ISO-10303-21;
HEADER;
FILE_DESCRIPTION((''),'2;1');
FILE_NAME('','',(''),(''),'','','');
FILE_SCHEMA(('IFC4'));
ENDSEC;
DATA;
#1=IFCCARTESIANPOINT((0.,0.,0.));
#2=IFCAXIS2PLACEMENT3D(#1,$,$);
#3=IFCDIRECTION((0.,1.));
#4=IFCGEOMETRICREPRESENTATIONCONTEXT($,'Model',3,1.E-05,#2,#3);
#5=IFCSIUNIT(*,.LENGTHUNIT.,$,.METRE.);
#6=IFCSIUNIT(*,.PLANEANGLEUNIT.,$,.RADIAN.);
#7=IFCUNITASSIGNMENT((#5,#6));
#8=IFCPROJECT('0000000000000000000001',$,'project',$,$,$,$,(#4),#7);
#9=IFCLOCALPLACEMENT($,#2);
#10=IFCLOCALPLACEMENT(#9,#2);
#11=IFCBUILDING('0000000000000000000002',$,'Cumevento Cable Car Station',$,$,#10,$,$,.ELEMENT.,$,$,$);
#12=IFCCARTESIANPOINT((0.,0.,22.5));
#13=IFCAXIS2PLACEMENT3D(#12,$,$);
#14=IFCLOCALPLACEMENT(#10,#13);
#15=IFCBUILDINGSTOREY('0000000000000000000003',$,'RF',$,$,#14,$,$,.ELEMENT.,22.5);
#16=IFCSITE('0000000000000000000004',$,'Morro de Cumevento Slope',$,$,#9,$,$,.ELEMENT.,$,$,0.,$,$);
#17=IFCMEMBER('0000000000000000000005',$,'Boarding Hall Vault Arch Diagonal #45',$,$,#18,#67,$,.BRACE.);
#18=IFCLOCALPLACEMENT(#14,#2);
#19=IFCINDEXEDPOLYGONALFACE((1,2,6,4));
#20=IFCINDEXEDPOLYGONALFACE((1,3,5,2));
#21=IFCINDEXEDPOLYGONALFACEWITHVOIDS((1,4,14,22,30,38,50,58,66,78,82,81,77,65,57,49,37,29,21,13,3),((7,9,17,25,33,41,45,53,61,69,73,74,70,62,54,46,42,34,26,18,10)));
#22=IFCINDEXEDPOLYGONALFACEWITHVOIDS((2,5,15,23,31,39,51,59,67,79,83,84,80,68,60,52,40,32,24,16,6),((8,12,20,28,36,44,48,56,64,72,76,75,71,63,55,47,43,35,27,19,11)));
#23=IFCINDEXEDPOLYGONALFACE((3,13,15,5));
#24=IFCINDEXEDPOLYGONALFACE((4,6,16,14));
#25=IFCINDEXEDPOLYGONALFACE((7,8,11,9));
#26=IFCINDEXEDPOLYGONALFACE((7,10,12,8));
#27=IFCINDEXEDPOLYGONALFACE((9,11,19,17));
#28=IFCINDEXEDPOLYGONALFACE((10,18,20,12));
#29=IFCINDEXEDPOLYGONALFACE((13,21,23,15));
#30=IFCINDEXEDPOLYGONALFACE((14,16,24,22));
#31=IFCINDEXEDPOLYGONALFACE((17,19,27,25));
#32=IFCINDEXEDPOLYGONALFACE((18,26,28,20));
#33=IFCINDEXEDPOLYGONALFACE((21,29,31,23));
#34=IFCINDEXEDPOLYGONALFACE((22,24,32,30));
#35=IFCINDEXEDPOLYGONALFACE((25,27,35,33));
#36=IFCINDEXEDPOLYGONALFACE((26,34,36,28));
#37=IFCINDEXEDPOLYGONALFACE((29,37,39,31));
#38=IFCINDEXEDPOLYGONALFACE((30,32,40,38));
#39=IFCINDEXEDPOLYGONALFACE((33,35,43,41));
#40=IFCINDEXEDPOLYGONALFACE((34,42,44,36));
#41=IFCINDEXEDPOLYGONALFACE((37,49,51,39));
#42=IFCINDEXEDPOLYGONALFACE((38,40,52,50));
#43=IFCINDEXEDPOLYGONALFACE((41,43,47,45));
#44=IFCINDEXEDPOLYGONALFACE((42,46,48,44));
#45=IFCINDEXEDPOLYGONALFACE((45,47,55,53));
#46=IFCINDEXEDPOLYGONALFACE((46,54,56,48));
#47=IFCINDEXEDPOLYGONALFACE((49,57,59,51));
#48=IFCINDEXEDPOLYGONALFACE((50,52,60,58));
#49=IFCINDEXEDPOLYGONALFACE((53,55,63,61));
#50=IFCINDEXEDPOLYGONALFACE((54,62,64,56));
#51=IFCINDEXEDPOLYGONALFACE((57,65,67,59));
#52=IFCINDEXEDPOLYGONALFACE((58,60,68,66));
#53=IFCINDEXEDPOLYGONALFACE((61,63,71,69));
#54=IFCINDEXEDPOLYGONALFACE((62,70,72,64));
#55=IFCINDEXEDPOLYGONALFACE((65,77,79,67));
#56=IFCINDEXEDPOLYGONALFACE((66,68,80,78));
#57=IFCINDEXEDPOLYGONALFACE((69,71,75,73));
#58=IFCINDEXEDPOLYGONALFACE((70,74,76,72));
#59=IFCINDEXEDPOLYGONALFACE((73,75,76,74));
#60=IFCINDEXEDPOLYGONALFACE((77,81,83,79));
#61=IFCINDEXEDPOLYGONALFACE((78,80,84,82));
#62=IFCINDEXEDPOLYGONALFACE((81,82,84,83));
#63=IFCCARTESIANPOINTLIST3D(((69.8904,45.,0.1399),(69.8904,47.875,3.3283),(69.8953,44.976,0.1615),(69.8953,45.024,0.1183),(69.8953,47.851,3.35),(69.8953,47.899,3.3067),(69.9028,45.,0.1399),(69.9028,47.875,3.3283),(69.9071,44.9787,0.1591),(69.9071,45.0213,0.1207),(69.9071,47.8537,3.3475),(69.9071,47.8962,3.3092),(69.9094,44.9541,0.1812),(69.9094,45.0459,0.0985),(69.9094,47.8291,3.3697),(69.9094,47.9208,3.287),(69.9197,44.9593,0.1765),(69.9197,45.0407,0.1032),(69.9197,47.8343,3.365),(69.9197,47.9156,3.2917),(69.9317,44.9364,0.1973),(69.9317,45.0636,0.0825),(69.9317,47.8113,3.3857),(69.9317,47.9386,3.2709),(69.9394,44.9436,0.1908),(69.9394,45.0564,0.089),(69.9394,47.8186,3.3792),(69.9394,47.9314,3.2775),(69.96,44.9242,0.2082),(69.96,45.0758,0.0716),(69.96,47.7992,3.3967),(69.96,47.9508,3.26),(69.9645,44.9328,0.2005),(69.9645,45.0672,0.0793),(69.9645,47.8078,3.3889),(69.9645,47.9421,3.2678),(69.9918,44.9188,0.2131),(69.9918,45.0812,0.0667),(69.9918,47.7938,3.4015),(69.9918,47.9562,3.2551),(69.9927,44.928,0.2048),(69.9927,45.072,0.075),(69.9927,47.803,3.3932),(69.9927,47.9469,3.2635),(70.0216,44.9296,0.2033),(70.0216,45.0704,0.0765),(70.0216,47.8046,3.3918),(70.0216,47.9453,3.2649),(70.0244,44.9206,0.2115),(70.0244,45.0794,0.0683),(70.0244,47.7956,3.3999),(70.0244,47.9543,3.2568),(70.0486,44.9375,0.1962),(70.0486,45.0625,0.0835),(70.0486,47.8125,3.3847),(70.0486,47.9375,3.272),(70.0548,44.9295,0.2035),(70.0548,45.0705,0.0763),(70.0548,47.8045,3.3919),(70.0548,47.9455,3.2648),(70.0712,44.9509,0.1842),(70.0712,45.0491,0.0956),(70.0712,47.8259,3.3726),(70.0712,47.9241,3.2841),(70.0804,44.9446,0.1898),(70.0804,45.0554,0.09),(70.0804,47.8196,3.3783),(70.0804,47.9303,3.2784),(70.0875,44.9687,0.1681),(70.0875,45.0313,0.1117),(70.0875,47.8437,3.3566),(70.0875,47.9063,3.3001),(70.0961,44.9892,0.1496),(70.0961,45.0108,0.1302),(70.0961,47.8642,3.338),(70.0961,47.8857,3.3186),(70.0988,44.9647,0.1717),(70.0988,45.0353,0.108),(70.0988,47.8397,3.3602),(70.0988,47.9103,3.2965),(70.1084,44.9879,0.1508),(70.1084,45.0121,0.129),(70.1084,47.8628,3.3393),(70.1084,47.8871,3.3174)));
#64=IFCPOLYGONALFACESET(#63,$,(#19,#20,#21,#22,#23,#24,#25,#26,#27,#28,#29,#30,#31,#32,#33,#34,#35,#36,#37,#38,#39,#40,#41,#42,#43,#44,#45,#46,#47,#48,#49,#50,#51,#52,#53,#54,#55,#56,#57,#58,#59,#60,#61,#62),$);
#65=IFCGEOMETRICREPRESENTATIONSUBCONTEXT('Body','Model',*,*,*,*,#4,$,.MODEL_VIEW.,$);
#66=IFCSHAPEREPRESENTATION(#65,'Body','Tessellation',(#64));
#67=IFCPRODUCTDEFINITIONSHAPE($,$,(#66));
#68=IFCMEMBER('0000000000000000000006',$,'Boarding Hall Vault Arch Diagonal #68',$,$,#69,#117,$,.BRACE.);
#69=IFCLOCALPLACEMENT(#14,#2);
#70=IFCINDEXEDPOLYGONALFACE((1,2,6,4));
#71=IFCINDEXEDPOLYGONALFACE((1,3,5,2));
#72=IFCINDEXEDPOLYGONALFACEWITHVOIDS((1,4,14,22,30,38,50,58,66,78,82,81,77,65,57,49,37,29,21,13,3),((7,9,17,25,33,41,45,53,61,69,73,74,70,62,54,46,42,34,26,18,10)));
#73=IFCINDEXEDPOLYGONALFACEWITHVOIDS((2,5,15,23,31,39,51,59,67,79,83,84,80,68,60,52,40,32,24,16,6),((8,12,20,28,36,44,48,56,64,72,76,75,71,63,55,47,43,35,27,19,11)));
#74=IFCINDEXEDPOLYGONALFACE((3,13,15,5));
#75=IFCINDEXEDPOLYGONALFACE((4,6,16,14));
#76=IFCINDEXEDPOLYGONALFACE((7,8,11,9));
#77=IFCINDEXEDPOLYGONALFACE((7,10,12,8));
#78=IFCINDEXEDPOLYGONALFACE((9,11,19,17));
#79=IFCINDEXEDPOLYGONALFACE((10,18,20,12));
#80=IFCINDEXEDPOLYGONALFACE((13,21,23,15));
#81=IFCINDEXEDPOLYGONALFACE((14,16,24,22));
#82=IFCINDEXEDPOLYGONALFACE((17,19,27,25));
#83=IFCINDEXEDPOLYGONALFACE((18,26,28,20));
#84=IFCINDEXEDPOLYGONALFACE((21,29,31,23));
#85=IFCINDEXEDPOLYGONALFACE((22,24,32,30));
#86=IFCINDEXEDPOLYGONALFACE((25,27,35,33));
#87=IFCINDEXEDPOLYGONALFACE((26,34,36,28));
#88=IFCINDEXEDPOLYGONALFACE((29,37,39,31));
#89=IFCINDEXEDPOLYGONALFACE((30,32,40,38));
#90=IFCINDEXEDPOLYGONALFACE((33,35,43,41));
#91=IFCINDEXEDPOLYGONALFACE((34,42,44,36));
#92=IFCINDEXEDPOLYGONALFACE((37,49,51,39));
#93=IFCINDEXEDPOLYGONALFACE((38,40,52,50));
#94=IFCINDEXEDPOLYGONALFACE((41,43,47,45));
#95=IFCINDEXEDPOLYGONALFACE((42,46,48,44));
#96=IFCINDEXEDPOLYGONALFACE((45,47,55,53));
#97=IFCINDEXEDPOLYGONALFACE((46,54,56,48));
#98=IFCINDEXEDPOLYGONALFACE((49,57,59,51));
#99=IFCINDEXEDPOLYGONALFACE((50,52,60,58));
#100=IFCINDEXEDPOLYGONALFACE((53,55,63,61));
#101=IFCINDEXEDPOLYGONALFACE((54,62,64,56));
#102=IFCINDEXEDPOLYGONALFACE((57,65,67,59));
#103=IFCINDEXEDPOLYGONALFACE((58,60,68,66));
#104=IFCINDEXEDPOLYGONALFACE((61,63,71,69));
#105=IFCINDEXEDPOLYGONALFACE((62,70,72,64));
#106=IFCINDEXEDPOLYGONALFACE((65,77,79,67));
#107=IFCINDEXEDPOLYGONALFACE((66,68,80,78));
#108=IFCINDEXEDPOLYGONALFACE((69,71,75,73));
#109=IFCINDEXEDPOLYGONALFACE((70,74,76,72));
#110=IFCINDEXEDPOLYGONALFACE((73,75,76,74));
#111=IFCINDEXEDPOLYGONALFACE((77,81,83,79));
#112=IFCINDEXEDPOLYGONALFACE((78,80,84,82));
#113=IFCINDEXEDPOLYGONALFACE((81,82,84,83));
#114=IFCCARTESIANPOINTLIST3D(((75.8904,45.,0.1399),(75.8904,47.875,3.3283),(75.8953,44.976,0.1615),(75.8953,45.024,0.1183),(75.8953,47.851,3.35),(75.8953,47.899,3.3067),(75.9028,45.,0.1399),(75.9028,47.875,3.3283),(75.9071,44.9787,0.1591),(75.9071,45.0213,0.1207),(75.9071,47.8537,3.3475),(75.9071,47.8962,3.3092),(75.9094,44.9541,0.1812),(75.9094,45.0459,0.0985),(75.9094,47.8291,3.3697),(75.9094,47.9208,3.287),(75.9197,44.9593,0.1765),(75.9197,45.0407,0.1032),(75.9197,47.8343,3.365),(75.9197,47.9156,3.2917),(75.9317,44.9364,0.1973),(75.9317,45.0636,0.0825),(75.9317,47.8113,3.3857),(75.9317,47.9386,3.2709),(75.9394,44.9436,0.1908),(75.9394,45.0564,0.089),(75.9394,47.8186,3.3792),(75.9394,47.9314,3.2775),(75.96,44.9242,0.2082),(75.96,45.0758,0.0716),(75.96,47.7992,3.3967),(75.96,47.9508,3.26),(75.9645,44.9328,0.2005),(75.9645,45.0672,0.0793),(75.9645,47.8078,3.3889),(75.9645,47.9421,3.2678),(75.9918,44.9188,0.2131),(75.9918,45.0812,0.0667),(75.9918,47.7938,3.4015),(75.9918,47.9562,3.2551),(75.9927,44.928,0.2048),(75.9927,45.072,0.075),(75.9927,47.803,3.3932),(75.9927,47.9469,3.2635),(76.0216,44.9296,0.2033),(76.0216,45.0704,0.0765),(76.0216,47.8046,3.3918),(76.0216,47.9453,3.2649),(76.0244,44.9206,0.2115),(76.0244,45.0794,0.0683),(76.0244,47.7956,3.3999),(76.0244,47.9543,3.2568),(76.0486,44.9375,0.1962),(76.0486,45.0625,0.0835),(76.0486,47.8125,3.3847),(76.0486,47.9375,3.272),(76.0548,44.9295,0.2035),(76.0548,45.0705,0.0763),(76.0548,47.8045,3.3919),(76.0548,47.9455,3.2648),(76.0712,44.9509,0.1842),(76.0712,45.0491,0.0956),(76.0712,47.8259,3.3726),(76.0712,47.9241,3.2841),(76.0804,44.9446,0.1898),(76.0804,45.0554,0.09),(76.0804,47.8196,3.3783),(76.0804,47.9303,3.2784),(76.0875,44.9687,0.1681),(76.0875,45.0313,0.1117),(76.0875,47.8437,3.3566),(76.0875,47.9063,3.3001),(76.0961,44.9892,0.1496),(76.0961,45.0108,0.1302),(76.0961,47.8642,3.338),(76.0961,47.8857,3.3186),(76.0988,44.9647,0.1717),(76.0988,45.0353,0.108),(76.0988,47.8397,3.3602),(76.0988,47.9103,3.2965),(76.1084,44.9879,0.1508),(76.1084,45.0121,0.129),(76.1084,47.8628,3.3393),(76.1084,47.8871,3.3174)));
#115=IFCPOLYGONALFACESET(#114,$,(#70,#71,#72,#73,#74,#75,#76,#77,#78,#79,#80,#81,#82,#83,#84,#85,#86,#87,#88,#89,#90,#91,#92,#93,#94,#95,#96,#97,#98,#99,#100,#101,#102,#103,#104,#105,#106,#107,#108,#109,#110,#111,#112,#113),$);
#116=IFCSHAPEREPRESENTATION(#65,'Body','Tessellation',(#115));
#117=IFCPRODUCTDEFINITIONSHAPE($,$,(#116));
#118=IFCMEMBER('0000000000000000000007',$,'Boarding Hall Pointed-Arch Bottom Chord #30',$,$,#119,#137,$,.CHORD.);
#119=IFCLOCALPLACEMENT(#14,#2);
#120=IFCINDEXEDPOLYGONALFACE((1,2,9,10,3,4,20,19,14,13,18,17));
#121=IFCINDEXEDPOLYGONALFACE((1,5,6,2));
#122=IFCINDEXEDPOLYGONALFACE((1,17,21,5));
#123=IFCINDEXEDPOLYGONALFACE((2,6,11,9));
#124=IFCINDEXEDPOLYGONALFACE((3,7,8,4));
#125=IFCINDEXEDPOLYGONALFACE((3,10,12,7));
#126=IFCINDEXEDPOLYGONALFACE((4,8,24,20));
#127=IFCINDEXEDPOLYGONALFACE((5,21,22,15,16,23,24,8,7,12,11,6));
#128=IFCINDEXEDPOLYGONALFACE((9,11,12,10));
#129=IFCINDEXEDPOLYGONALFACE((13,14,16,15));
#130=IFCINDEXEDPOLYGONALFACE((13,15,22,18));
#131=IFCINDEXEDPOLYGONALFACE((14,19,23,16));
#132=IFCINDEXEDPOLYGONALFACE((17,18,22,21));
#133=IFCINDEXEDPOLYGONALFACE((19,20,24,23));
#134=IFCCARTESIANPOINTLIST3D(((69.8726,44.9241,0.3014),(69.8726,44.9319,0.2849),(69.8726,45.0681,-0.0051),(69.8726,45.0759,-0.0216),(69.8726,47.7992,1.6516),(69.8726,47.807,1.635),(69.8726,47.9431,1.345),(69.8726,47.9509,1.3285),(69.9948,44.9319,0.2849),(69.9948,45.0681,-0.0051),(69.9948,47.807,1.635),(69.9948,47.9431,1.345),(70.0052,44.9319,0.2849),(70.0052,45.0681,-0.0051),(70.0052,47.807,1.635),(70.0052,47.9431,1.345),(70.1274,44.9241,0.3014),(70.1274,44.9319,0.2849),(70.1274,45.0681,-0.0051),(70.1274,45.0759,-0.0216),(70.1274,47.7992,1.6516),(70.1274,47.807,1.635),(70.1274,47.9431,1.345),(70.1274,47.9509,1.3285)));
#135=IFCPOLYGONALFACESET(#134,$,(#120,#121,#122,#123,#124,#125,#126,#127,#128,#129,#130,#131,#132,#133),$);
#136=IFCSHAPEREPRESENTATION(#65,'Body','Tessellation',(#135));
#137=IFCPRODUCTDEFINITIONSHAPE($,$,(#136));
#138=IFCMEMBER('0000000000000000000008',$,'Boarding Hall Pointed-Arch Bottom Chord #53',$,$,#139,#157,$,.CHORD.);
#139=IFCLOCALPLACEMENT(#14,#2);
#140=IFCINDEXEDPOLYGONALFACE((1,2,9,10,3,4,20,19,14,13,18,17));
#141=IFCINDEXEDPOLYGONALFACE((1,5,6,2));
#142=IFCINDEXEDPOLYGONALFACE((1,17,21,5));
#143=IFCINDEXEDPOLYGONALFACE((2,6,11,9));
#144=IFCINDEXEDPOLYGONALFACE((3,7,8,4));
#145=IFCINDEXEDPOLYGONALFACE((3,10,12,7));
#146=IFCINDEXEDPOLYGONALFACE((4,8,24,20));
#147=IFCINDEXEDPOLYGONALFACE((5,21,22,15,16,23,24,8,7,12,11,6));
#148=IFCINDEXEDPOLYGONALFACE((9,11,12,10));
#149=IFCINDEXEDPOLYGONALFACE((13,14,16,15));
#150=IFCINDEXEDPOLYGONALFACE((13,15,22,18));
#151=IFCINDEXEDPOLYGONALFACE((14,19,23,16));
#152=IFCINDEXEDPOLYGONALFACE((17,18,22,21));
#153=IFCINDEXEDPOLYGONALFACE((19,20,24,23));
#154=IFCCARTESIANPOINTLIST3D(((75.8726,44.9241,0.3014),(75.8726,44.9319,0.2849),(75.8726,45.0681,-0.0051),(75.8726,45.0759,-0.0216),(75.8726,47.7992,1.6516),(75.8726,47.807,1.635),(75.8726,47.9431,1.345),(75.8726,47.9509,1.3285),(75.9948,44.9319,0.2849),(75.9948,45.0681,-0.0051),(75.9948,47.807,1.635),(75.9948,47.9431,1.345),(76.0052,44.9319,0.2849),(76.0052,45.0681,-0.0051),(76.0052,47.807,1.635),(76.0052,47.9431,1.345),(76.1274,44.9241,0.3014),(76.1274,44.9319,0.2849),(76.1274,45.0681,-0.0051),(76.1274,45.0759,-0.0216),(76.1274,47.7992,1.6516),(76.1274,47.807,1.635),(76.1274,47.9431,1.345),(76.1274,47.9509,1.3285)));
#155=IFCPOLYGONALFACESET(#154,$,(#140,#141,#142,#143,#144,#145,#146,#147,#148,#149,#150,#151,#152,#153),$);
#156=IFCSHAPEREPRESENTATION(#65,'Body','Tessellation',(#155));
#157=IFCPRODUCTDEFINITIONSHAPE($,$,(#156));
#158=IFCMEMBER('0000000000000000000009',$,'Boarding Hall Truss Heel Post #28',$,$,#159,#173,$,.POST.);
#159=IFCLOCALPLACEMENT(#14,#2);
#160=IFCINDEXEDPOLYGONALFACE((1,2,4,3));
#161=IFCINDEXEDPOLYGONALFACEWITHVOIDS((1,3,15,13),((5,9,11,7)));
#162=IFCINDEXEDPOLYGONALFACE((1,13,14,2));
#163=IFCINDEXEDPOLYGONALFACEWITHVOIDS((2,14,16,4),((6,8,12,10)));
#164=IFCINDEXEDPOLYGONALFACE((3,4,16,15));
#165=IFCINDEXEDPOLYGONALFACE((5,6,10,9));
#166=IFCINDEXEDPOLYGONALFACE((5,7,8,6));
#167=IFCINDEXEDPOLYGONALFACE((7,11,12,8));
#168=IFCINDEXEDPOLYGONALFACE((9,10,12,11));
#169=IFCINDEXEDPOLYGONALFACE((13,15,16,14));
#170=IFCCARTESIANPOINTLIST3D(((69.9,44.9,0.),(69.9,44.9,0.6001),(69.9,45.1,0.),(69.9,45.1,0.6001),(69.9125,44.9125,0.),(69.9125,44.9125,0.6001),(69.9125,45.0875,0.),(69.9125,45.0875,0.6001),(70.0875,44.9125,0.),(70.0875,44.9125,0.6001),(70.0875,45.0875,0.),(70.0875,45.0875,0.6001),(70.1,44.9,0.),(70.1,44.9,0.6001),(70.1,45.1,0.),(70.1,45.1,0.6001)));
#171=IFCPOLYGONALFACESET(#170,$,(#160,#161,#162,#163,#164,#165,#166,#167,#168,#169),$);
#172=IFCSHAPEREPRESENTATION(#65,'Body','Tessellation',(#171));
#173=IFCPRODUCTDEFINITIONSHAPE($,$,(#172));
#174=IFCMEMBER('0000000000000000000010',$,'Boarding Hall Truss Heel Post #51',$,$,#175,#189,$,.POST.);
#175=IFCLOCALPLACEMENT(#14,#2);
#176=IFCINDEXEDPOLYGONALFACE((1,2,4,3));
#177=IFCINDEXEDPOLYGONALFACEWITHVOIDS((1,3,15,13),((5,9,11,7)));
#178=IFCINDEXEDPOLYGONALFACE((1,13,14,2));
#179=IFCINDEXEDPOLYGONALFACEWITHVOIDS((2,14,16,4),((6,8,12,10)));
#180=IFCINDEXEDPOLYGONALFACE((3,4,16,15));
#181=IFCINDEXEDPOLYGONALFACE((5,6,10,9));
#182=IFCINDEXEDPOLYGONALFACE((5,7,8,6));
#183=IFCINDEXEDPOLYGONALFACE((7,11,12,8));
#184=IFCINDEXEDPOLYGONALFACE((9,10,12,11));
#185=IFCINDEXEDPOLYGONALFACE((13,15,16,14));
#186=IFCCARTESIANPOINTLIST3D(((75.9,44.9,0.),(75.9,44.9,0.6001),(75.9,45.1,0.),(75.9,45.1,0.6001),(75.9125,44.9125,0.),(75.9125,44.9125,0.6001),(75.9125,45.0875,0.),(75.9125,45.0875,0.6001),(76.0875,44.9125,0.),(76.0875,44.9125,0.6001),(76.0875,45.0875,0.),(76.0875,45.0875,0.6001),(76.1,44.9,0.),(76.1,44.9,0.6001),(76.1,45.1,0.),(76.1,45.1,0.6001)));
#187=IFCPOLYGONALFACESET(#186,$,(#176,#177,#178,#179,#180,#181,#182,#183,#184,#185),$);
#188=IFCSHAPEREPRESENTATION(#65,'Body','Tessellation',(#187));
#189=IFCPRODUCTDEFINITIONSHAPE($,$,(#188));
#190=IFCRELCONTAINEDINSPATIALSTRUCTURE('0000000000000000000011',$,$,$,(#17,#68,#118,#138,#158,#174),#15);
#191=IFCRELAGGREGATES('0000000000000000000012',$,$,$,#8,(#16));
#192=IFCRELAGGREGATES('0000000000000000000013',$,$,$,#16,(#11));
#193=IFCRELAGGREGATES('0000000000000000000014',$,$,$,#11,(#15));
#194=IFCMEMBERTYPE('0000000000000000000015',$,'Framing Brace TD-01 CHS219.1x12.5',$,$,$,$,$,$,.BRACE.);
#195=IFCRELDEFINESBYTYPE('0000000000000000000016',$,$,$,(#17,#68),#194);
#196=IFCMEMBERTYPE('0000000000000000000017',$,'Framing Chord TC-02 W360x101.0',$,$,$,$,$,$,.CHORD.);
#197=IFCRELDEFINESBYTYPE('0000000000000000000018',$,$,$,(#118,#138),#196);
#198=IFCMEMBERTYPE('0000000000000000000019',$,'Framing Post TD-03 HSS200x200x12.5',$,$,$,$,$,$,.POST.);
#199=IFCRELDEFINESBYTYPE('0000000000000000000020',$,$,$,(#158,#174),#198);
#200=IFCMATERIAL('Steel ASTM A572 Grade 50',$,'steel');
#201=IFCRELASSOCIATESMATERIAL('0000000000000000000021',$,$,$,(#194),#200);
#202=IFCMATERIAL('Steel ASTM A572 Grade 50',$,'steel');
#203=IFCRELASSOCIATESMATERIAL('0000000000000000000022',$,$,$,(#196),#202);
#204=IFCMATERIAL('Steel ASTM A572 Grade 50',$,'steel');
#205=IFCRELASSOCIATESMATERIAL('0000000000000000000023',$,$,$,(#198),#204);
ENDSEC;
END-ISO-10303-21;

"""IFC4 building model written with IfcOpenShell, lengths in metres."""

from ifc_helpers import new_model, si_unit, direction, frame, origin, origin_2d, place, context, subcontext, project, spatial, hollow_rectangle, hollow_circle, i_section, extrude, material, material_profile, profile_set, type_object, element, save


model = new_model("IFC4")

# Units and contexts
model_context = context("Model", 3, precision=1e-05, world=origin(), true_north=direction((0.0, 1.0)))
body_context = subcontext(model_context, "Body", "Model", "MODEL_VIEW")
ifc_project = project(units=[si_unit("LENGTHUNIT", "METRE"), si_unit("PLANEANGLEUNIT", "RADIAN")], contexts=[model_context])

# Site, building, storey
site_placement = place(None, origin())
site = spatial("IfcSite", under=ifc_project, at=site_placement, Name="Morro de Cumevento Slope", CompositionType="ELEMENT", RefElevation=0.0)
building_placement = place(site_placement, origin())
building = spatial("IfcBuilding", under=site, at=building_placement, Name="Cumevento Cable Car Station", CompositionType="ELEMENT")
storey_placement = place(building_placement, frame((0.0, 0.0, 22.5)))
storey = spatial("IfcBuildingStorey", under=building, at=storey_placement, Name="RF", CompositionType="ELEMENT", Elevation=22.5)

# Members
ifc_material_1 = material(Name="Steel ASTM A572 Grade 50", Category="steel")
ifc_material_profile_1 = material_profile(ifc_material_1, hollow_circle(Radius=0.1096, WallThickness=0.0125, at=origin_2d()), Name="CHS219.1x12.5")
ifc_profile_set_1 = profile_set([ifc_material_profile_1], Name="Steel ASTM A572 Grade 50")
member_type_1 = type_object("IfcMemberType", Name="Framing Brace TD-01 CHS219.1x12.5", PredefinedType="BRACE", material=ifc_profile_set_1)
for number, where, z_axis, x_axis, name in (
    (1, (70.0, 45.0, 0.1399), (0.0, 0.669656, 0.742672), (-1.0, 0.0, 0.0), "Boarding Hall Vault Arch Diagonal #45"),
    (2, (76.0, 45.0, 0.1399), (0.0, 0.669656, 0.742672), (-1.0, 0.0, 0.0), "Boarding Hall Vault Arch Diagonal #68"),
):
    element("IfcMember", number, at=place(storey_placement, frame(where, z_axis=z_axis, x_axis=x_axis)), inside=storey, type_object=member_type_1, Name=name, PredefinedType="BRACE", context=body_context, shape_type="SweptSolid", body=[
        extrude(hollow_circle(Radius=0.1096, WallThickness=0.0125, at=origin_2d()), origin(), (0.0, 0.0, 1.0), 4.2932),
    ])
ifc_material_2 = material(Name="Steel ASTM A572 Grade 50", Category="steel")
ifc_material_profile_2 = material_profile(ifc_material_2, i_section(OverallWidth=0.2549, OverallDepth=0.3569, WebThickness=0.0105, FlangeThickness=0.0183, at=origin_2d()), Name="W360x101.0")
ifc_profile_set_2 = profile_set([ifc_material_profile_2], Name="Steel ASTM A572 Grade 50")
member_type_2 = type_object("IfcMemberType", Name="Framing Chord TC-02 W360x101.0", PredefinedType="CHORD", material=ifc_profile_set_2)
for number, where, z_axis, x_axis, name in (
    (3, (70.0, 45.0, 0.1399), (0.0, 0.905163, 0.425064), (-1.0, 0.0, 0.0), "Boarding Hall Pointed-Arch Bottom Chord #30"),
    (4, (76.0, 45.0, 0.1399), (0.0, 0.905163, 0.425064), (-1.0, 0.0, 0.0), "Boarding Hall Pointed-Arch Bottom Chord #53"),
):
    element("IfcMember", number, at=place(storey_placement, frame(where, z_axis=z_axis, x_axis=x_axis)), inside=storey, type_object=member_type_2, Name=name, PredefinedType="CHORD", context=body_context, shape_type="SweptSolid", body=[
        extrude(i_section(OverallWidth=0.2549, OverallDepth=0.3569, WebThickness=0.0105, FlangeThickness=0.0183, at=origin_2d()), origin(), (0.0, 0.0, 1.0), 3.1763),
    ])
ifc_material_3 = material(Name="Steel ASTM A572 Grade 50", Category="steel")
ifc_material_profile_3 = material_profile(ifc_material_3, hollow_rectangle(XDim=0.2, YDim=0.2, WallThickness=0.0125, at=origin_2d()), Name="HSS200x200x12.5")
ifc_profile_set_3 = profile_set([ifc_material_profile_3], Name="Steel ASTM A572 Grade 50")
member_type_3 = type_object("IfcMemberType", Name="Framing Post TD-03 HSS200x200x12.5", PredefinedType="POST", material=ifc_profile_set_3)
for number, where, z_axis, x_axis, name in (
    (5, (70.0, 45.0, 0.0), (0.0, 0.0, 1.0), (1.0, 0.0, 0.0), "Boarding Hall Truss Heel Post #28"),
    (6, (76.0, 45.0, 0.0), (0.0, 0.0, 1.0), (1.0, 0.0, 0.0), "Boarding Hall Truss Heel Post #51"),
):
    element("IfcMember", number, at=place(storey_placement, frame(where, z_axis=z_axis, x_axis=x_axis)), inside=storey, type_object=member_type_3, Name=name, PredefinedType="POST", context=body_context, shape_type="SweptSolid", body=[
        extrude(hollow_rectangle(XDim=0.2, YDim=0.2, WallThickness=0.0125, at=origin_2d()), origin(), (0.0, 0.0, 1.0), 0.6001),
    ])

save(model, "model.ifc")
